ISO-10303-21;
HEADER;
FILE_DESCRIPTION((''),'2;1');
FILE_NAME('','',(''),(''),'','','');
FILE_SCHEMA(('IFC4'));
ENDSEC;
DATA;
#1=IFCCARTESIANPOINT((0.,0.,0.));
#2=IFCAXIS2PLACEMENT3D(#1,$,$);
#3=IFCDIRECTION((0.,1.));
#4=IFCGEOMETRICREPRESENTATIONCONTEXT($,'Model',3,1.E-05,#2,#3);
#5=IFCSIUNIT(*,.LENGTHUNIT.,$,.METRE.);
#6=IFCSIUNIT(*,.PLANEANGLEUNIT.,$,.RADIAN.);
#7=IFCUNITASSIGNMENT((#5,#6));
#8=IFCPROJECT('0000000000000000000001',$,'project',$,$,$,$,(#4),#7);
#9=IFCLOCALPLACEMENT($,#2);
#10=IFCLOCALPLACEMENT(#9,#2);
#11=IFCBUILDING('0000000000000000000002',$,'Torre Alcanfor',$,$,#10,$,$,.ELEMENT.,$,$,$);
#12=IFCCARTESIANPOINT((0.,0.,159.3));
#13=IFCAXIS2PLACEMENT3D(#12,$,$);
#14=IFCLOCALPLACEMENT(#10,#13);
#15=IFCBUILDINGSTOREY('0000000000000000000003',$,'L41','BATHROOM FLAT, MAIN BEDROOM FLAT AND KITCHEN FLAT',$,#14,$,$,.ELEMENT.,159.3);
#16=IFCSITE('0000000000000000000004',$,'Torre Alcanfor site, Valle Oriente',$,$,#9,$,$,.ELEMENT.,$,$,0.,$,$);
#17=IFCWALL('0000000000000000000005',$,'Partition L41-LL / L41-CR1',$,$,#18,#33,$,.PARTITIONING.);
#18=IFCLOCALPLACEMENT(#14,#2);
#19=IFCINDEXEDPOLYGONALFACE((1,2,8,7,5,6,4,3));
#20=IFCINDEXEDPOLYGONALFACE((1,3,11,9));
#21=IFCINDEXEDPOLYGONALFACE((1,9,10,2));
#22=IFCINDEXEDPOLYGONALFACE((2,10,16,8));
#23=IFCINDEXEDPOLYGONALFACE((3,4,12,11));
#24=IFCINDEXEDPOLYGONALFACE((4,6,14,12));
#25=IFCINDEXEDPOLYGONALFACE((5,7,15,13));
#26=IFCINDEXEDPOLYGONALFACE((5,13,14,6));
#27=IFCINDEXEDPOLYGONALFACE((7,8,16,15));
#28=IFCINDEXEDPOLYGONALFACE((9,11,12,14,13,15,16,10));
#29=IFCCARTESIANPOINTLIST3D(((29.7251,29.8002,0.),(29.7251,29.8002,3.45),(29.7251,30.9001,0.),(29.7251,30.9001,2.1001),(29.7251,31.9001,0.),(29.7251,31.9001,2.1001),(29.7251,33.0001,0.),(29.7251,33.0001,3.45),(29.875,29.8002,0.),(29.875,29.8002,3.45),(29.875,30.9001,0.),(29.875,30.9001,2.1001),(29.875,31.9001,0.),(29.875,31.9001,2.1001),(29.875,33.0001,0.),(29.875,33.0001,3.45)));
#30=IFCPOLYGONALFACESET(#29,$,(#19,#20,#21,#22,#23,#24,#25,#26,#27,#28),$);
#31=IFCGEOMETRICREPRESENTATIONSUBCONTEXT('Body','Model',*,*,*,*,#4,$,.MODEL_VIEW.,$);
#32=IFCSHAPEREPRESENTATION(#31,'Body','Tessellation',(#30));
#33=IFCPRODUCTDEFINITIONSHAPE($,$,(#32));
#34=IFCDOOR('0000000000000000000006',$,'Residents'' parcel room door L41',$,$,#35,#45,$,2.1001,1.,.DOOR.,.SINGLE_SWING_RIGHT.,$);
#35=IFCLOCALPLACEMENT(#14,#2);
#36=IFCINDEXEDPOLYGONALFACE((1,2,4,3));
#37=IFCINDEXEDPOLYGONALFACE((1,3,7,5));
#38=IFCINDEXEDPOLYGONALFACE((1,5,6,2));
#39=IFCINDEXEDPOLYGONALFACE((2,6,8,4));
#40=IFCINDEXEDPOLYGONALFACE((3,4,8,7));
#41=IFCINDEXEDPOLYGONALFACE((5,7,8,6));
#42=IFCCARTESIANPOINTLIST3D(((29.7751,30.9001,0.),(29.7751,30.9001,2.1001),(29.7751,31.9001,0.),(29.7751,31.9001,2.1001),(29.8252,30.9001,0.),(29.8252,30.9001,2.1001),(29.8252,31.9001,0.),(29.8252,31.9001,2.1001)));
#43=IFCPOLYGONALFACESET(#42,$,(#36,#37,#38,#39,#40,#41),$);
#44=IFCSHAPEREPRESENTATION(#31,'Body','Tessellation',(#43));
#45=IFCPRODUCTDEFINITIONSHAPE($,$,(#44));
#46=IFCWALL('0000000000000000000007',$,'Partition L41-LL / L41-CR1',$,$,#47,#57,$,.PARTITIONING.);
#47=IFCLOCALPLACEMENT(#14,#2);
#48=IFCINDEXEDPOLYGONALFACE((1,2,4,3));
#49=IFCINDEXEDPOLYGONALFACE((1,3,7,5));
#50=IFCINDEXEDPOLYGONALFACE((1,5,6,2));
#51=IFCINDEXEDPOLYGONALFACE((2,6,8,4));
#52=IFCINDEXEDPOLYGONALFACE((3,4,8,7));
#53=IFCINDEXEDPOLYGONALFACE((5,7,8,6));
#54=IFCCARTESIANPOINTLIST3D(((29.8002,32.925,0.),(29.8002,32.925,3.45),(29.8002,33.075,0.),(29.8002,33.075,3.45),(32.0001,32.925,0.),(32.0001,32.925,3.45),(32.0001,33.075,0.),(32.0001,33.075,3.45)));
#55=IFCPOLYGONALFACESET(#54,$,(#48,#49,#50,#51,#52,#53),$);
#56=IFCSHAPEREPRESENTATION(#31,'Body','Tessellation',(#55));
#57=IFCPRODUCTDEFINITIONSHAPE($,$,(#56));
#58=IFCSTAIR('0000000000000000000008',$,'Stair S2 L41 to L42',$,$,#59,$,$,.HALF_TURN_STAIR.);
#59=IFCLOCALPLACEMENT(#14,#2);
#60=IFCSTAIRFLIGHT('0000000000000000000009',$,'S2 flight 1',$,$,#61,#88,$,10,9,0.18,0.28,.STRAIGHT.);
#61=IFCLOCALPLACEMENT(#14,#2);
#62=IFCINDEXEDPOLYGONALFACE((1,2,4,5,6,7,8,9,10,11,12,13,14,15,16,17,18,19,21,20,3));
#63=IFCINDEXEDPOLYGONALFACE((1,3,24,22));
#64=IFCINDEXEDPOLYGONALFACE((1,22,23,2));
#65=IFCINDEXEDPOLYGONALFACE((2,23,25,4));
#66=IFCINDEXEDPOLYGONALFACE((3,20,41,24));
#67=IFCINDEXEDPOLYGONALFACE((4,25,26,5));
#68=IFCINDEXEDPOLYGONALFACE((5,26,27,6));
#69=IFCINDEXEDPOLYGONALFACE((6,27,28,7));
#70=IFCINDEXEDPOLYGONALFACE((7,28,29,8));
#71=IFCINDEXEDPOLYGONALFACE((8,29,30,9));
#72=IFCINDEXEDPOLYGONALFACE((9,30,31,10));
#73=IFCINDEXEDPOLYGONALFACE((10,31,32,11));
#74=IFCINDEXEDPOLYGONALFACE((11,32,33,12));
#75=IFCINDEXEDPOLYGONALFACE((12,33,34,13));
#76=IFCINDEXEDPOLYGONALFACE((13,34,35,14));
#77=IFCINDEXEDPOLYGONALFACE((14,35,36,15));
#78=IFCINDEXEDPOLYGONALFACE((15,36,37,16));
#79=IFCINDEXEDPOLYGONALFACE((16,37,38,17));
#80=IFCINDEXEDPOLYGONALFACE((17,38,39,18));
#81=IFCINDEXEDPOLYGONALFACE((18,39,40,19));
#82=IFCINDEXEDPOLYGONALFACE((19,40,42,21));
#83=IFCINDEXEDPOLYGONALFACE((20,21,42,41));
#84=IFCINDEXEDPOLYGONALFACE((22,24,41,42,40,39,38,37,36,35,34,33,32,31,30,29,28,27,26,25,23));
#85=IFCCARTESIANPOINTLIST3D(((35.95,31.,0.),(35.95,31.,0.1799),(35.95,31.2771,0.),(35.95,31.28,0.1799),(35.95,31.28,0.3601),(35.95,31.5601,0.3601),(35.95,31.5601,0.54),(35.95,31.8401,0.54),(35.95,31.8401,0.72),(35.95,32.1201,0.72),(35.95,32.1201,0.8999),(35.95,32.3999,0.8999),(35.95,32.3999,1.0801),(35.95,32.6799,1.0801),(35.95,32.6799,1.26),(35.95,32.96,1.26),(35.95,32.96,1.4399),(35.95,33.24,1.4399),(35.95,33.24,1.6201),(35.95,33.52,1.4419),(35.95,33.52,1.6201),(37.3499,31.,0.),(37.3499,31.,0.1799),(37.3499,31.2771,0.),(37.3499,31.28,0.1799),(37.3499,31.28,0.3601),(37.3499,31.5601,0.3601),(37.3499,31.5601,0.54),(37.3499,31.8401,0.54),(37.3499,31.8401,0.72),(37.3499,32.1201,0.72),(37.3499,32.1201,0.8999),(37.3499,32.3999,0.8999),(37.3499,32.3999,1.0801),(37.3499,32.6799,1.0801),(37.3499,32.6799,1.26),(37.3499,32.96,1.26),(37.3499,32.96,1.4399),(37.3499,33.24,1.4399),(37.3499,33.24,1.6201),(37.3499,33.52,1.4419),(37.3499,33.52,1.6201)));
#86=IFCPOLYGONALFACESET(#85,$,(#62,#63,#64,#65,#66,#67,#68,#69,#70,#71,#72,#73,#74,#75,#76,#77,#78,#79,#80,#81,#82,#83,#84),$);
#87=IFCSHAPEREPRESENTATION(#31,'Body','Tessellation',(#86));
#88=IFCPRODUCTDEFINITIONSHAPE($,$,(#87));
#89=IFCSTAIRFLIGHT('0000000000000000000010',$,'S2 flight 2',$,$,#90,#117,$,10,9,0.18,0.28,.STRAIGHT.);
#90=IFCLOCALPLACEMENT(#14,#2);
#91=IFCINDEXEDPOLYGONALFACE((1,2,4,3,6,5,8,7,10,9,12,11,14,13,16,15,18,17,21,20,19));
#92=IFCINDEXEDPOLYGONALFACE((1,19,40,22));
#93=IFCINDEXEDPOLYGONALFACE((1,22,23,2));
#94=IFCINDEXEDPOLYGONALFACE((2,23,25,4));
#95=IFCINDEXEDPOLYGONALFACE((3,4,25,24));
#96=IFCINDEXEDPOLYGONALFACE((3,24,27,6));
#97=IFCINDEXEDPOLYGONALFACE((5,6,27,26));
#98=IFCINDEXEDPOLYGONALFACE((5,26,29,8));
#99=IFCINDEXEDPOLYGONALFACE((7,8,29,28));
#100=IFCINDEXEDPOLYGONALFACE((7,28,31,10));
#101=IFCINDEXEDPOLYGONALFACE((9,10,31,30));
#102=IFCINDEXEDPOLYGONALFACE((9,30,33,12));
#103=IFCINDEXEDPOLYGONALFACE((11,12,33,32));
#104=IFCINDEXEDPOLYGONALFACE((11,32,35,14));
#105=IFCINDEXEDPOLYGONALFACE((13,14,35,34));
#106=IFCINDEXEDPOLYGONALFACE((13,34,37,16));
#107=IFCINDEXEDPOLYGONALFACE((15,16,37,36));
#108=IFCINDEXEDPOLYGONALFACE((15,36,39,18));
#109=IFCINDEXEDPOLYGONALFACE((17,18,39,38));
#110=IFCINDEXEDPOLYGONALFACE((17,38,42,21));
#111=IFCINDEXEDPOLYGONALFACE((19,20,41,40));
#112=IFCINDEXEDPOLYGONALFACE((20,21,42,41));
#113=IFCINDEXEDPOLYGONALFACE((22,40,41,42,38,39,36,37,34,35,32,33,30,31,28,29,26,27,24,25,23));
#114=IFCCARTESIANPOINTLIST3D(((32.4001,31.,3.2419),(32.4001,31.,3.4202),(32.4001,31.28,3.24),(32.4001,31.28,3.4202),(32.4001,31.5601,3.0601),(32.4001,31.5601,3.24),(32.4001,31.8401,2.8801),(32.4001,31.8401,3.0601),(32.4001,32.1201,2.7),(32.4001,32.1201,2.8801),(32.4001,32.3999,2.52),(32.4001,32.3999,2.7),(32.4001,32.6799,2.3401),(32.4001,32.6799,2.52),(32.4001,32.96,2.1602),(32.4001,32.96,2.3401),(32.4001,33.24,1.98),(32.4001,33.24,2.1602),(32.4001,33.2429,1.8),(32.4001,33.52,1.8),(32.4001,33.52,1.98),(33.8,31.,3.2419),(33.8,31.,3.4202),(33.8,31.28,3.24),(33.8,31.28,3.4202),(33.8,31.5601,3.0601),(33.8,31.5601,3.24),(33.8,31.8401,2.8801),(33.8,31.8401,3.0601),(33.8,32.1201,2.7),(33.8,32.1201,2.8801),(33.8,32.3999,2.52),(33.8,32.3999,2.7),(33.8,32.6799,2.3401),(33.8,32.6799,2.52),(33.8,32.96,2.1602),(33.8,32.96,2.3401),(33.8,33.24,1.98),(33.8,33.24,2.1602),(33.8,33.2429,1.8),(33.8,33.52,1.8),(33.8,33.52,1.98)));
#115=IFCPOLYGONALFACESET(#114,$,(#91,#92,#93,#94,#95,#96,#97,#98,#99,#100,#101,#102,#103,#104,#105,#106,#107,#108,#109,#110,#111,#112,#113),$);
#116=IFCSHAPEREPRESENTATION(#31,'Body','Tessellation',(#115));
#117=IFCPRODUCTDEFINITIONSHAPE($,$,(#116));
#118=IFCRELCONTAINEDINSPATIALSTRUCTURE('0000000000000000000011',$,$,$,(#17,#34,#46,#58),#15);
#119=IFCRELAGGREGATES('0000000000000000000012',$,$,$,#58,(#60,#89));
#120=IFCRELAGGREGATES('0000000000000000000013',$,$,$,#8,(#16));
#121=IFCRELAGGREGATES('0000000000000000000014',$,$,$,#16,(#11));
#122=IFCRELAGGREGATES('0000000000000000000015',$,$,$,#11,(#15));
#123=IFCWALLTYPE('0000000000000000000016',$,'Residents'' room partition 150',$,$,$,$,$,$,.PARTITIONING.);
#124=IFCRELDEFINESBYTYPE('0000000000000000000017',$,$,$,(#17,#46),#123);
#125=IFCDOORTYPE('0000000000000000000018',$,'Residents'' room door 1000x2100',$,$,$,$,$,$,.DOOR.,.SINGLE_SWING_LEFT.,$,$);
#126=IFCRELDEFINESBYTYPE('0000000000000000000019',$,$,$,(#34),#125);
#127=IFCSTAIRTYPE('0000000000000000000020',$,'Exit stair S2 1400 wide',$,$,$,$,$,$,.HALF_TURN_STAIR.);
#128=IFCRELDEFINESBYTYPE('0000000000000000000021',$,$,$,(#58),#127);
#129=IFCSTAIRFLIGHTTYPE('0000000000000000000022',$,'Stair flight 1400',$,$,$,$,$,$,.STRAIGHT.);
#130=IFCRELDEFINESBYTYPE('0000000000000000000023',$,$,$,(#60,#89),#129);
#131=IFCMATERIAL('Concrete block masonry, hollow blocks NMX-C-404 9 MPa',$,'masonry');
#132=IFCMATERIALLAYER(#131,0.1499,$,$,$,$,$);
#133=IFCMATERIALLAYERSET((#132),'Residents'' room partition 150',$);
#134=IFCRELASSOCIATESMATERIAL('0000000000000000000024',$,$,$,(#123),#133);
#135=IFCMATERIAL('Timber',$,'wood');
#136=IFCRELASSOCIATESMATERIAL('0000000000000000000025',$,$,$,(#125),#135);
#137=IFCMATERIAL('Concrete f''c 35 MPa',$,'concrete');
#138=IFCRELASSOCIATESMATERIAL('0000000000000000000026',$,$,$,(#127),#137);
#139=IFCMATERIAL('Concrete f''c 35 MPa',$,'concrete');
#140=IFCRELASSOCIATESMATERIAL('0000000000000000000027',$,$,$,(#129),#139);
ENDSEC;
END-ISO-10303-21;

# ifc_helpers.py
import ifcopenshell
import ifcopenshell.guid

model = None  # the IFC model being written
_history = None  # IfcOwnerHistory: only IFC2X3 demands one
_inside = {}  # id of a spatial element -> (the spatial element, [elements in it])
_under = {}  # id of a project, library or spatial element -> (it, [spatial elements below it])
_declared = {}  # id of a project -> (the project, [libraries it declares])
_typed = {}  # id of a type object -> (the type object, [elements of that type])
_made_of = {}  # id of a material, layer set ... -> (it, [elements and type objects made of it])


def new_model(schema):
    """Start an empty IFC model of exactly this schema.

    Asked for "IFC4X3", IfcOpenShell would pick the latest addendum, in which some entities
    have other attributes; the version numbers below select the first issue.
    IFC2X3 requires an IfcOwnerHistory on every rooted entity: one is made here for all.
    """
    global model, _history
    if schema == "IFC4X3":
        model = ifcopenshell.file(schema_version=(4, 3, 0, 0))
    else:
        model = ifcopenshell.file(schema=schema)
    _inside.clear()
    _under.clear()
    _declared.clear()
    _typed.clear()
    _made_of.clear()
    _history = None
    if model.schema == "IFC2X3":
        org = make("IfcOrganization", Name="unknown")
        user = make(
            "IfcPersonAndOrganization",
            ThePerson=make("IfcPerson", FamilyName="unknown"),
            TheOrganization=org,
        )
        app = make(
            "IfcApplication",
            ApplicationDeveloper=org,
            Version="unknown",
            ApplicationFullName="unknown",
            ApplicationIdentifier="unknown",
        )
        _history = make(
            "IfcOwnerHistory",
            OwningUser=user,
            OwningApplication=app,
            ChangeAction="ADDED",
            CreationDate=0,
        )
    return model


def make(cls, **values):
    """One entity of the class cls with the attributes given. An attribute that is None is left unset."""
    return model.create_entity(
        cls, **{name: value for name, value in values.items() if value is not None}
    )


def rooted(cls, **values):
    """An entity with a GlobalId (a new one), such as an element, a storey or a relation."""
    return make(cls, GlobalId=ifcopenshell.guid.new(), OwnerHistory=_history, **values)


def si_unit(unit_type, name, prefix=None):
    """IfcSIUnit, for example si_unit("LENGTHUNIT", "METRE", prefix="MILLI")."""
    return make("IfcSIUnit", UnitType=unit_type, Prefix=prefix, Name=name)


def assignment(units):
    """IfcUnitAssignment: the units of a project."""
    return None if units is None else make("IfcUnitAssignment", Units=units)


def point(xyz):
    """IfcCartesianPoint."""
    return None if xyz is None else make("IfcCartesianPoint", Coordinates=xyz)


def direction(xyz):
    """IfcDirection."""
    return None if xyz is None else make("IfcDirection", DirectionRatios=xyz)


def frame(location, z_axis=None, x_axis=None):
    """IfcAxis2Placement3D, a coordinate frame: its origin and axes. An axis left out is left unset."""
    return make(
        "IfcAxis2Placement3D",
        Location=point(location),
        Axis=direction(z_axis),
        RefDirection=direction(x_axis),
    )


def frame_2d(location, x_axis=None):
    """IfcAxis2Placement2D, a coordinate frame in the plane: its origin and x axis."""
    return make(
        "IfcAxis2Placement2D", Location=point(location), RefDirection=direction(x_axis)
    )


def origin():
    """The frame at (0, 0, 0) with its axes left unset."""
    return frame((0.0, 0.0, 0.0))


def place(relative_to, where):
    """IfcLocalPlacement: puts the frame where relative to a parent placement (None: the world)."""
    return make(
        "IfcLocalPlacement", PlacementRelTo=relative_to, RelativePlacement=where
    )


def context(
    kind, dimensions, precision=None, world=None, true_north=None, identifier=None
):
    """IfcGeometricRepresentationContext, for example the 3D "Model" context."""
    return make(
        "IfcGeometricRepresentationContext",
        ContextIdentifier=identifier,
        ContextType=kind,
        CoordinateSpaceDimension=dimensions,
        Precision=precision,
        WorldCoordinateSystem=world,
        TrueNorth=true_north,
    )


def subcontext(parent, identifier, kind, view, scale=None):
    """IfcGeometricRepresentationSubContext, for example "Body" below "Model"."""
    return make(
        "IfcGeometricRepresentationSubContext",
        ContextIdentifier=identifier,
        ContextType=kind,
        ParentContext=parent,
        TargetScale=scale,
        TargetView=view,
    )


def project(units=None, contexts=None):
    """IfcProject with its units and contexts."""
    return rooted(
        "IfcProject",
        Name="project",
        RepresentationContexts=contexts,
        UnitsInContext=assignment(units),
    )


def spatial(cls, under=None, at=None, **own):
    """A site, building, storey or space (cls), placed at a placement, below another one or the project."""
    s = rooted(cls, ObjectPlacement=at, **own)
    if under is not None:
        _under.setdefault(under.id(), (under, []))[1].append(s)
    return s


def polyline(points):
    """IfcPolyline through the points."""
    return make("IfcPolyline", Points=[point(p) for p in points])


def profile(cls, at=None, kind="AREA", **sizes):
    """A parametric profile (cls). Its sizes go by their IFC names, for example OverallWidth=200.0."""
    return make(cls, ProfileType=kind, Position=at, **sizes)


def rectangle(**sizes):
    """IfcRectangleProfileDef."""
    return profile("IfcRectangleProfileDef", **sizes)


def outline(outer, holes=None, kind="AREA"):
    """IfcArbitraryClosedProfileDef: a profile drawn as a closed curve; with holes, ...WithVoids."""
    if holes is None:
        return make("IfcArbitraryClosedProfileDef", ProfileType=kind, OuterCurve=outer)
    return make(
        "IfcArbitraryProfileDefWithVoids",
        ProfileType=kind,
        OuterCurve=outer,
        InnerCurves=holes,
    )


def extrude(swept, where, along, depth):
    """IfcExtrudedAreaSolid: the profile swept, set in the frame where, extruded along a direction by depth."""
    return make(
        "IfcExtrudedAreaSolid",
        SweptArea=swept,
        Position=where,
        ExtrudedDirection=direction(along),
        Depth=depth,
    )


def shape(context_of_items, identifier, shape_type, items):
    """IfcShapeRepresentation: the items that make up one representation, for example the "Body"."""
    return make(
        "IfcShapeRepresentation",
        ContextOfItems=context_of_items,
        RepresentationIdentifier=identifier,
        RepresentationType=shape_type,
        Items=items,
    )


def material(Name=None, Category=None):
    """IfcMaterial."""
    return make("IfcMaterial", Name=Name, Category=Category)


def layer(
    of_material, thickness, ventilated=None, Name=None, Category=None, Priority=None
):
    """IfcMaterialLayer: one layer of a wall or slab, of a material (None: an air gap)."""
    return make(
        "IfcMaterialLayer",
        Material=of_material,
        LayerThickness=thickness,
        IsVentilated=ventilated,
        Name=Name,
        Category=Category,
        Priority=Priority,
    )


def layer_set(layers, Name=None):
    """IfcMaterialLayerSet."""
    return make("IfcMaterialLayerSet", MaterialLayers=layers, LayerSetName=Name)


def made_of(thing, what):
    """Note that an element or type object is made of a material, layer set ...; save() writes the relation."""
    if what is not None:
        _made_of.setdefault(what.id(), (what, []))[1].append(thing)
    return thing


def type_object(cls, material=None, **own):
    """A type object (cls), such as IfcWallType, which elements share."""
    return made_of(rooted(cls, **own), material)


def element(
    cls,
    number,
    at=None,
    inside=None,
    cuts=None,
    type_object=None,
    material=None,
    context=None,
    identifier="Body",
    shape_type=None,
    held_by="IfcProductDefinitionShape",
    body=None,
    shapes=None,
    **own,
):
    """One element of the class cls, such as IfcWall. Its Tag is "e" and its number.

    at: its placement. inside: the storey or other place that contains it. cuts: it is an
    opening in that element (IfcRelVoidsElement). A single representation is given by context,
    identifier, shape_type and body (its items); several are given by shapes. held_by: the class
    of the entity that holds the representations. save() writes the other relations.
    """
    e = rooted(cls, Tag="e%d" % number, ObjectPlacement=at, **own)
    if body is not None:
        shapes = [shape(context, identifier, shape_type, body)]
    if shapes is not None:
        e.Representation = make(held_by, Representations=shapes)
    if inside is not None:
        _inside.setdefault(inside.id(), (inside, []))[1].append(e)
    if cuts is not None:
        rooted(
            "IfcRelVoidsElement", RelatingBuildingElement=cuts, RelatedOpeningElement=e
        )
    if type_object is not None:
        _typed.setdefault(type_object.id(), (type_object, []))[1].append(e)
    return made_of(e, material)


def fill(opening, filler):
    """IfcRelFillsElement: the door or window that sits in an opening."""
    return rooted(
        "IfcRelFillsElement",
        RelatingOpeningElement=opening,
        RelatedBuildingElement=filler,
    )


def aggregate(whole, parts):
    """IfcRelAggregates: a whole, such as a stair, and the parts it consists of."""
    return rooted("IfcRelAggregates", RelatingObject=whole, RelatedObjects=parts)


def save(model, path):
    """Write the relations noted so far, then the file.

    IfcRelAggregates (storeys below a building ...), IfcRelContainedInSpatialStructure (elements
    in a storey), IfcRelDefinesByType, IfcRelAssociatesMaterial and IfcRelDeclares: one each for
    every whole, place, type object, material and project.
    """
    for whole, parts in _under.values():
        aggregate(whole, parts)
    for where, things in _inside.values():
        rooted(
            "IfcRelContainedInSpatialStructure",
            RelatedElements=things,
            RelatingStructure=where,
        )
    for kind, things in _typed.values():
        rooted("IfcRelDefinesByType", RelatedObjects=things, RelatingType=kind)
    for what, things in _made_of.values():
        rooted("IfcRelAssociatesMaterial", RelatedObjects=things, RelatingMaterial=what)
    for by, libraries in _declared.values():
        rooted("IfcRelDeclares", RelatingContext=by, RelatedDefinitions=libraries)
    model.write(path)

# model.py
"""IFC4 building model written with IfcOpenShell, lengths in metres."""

from ifc_helpers import new_model, si_unit, direction, frame, frame_2d, origin, place, context, subcontext, project, spatial, polyline, rectangle, outline, extrude, material, layer, layer_set, type_object, element, fill, aggregate, save


model = new_model("IFC4")

# Units and contexts
model_context = context("Model", 3, precision=1e-05, world=origin(), true_north=direction((0.0, 1.0)))
body_context = subcontext(model_context, "Body", "Model", "MODEL_VIEW")
ifc_project = project(units=[si_unit("LENGTHUNIT", "METRE"), si_unit("PLANEANGLEUNIT", "RADIAN")], contexts=[model_context])

# Site, building, storey
site_placement = place(None, origin())
site = spatial("IfcSite", under=ifc_project, at=site_placement, Name="Torre Alcanfor site, Valle Oriente", CompositionType="ELEMENT", RefElevation=0.0)
building_placement = place(site_placement, origin())
building = spatial("IfcBuilding", under=site, at=building_placement, Name="Torre Alcanfor", CompositionType="ELEMENT")
storey_placement = place(building_placement, frame((0.0, 0.0, 159.3)))
storey = spatial("IfcBuildingStorey", under=building, at=storey_placement, Name="L41", Description="BATHROOM FLAT, MAIN BEDROOM FLAT AND KITCHEN FLAT", CompositionType="ELEMENT", Elevation=159.3)

# Shared definitions
ifc_material_1 = material(Name="Concrete block masonry, hollow blocks NMX-C-404 9 MPa", Category="masonry")
ifc_layer_1 = layer(ifc_material_1, 0.1499)
ifc_layer_set_1 = layer_set([ifc_layer_1], Name="Residents' room partition 150")
wall_type_1 = type_object("IfcWallType", Name="Residents' room partition 150", PredefinedType="PARTITIONING", material=ifc_layer_set_1)

# Shared definitions
ifc_material_2 = material(Name="Timber", Category="wood")
door_type_1 = type_object("IfcDoorType", Name="Residents' room door 1000x2100", OperationType="SINGLE_SWING_LEFT", PredefinedType="DOOR", material=ifc_material_2)

# Wall, opening, door
wall_1_placement = place(storey_placement, frame((29.8, 29.8, 0.0), z_axis=(0.0, 0.0, 1.0), x_axis=(0.0, 1.0, 0.0)))
wall_1 = element("IfcWall", 1, at=wall_1_placement, inside=storey, type_object=wall_type_1, Name="Partition L41-LL / L41-CR1", PredefinedType="PARTITIONING", context=body_context, shape_type="SweptSolid", body=[
    extrude(rectangle(XDim=3.2, YDim=0.1499, at=frame_2d((1.6001, 0.0))), origin(), (0.0, 0.0, 1.0), 3.45),
])
opening_1_placement = place(wall_1_placement, frame((1.1001, 0.0, 0.0)))
opening_1 = element("IfcOpeningElement", 2, at=opening_1_placement, cuts=wall_1, PredefinedType="OPENING", context=body_context, shape_type="SweptSolid", body=[
    extrude(rectangle(XDim=1.0, YDim=2.1001, at=frame_2d((0.5, 1.05))), frame((0.0, 0.085, 0.0), z_axis=(0.0, -1.0, 0.0), x_axis=(1.0, 0.0, 0.0)), (0.0, 0.0, 1.0), 0.1699),
])
door_1_placement = place(opening_1_placement, frame((1.0, 0.0, 0.0), z_axis=(0.0, 0.0, 1.0), x_axis=(-1.0, 0.0, 0.0)))
door_1 = element("IfcDoor", 3, at=door_1_placement, inside=storey, type_object=door_type_1, Name="Residents' parcel room door L41", OperationType="SINGLE_SWING_RIGHT", OverallHeight=2.1001, OverallWidth=1.0, PredefinedType="DOOR", context=body_context, shape_type="SweptSolid", body=[
    extrude(rectangle(XDim=1.0, YDim=2.1001, at=frame_2d((0.5, 1.05))), frame((0.0, 0.0251, 0.0), z_axis=(0.0, -1.0, 0.0), x_axis=(1.0, 0.0, 0.0)), (0.0, 0.0, 1.0), 0.05),
])
fill(opening_1, door_1)

# Wall
wall_2_placement = place(storey_placement, frame((29.8, 33.0, 0.0), z_axis=(0.0, 0.0, 1.0), x_axis=(1.0, 0.0, 0.0)))
element("IfcWall", 4, at=wall_2_placement, inside=storey, type_object=wall_type_1, Name="Partition L41-LL / L41-CR1", PredefinedType="PARTITIONING", context=body_context, shape_type="SweptSolid", body=[
    extrude(rectangle(XDim=2.2, YDim=0.1499, at=frame_2d((1.1001, 0.0))), origin(), (0.0, 0.0, 1.0), 3.45),
])

# Stair, stair flights
ifc_material_3 = material(Name="Concrete f'c 35 MPa", Category="concrete")
stair_type = type_object("IfcStairType", Name="Exit stair S2 1400 wide", PredefinedType="HALF_TURN_STAIR", material=ifc_material_3)
stair_placement = place(storey_placement, origin())
stair = element("IfcStair", 5, at=stair_placement, inside=storey, type_object=stair_type, Name="Stair S2 L41 to L42", PredefinedType="HALF_TURN_STAIR")
ifc_material_4 = material(Name="Concrete f'c 35 MPa", Category="concrete")
stair_flight_type = type_object("IfcStairFlightType", Name="Stair flight 1400", PredefinedType="STRAIGHT", material=ifc_material_4)
stair_flight_1_placement = place(storey_placement, frame((36.6499, 31.0, 0.0), z_axis=(0.0, 0.0, 1.0), x_axis=(0.0, 1.0, 0.0)))
stair_flight_1 = element("IfcStairFlight", 6, at=stair_flight_1_placement, type_object=stair_flight_type, Name="S2 flight 1", NumberOfRisers=10, NumberOfTreads=9, PredefinedType="STRAIGHT", RiserHeight=0.18, TreadLength=0.28, context=body_context, shape_type="SweptSolid", body=[
    extrude(outline(polyline([(0.0, 0.0), (0.0, 0.1799), (0.28, 0.1799), (0.28, 0.3601), (0.5601, 0.3601), (0.5601, 0.54), (0.8401, 0.54), (0.8401, 0.72), (1.1201, 0.72), (1.1201, 0.8999), (1.3999, 0.8999), (1.3999, 1.0801), (1.6799, 1.0801), (1.6799, 1.26), (1.96, 1.26), (1.96, 1.4399), (2.24, 1.4399), (2.24, 1.6201), (2.52, 1.6201), (2.52, 1.8), (2.52, 1.4419), (0.2771, 0.0), (0.0, 0.0)])), frame((0.0, 0.7, 0.0), z_axis=(0.0, -1.0, 0.0), x_axis=(1.0, 0.0, 0.0)), (0.0, 0.0, 1.0), 1.3999),
])
stair_flight_2_placement = place(storey_placement, frame((33.1001, 33.52, 1.8), z_axis=(0.0, 0.0, 1.0), x_axis=(0.0, -1.0, 0.0)))
stair_flight_2 = element("IfcStairFlight", 7, at=stair_flight_2_placement, type_object=stair_flight_type, Name="S2 flight 2", NumberOfRisers=10, NumberOfTreads=9, PredefinedType="STRAIGHT", RiserHeight=0.18, TreadLength=0.28, context=body_context, shape_type="SweptSolid", body=[
    extrude(outline(polyline([(0.0, 0.0), (0.0, 0.1799), (0.28, 0.1799), (0.28, 0.3601), (0.5601, 0.3601), (0.5601, 0.54), (0.8401, 0.54), (0.8401, 0.72), (1.1201, 0.72), (1.1201, 0.8999), (1.3999, 0.8999), (1.3999, 1.0801), (1.6799, 1.0801), (1.6799, 1.26), (1.96, 1.26), (1.96, 1.4399), (2.24, 1.4399), (2.24, 1.6201), (2.52, 1.6201), (2.52, 1.8), (2.52, 1.4419), (0.2771, 0.0), (0.0, 0.0)])), frame((0.0, 0.7, 0.0), z_axis=(0.0, -1.0, 0.0), x_axis=(1.0, 0.0, 0.0)), (0.0, 0.0, 1.0), 1.3999),
])
aggregate(stair, [stair_flight_1, stair_flight_2])

save(model, "model.ifc")
